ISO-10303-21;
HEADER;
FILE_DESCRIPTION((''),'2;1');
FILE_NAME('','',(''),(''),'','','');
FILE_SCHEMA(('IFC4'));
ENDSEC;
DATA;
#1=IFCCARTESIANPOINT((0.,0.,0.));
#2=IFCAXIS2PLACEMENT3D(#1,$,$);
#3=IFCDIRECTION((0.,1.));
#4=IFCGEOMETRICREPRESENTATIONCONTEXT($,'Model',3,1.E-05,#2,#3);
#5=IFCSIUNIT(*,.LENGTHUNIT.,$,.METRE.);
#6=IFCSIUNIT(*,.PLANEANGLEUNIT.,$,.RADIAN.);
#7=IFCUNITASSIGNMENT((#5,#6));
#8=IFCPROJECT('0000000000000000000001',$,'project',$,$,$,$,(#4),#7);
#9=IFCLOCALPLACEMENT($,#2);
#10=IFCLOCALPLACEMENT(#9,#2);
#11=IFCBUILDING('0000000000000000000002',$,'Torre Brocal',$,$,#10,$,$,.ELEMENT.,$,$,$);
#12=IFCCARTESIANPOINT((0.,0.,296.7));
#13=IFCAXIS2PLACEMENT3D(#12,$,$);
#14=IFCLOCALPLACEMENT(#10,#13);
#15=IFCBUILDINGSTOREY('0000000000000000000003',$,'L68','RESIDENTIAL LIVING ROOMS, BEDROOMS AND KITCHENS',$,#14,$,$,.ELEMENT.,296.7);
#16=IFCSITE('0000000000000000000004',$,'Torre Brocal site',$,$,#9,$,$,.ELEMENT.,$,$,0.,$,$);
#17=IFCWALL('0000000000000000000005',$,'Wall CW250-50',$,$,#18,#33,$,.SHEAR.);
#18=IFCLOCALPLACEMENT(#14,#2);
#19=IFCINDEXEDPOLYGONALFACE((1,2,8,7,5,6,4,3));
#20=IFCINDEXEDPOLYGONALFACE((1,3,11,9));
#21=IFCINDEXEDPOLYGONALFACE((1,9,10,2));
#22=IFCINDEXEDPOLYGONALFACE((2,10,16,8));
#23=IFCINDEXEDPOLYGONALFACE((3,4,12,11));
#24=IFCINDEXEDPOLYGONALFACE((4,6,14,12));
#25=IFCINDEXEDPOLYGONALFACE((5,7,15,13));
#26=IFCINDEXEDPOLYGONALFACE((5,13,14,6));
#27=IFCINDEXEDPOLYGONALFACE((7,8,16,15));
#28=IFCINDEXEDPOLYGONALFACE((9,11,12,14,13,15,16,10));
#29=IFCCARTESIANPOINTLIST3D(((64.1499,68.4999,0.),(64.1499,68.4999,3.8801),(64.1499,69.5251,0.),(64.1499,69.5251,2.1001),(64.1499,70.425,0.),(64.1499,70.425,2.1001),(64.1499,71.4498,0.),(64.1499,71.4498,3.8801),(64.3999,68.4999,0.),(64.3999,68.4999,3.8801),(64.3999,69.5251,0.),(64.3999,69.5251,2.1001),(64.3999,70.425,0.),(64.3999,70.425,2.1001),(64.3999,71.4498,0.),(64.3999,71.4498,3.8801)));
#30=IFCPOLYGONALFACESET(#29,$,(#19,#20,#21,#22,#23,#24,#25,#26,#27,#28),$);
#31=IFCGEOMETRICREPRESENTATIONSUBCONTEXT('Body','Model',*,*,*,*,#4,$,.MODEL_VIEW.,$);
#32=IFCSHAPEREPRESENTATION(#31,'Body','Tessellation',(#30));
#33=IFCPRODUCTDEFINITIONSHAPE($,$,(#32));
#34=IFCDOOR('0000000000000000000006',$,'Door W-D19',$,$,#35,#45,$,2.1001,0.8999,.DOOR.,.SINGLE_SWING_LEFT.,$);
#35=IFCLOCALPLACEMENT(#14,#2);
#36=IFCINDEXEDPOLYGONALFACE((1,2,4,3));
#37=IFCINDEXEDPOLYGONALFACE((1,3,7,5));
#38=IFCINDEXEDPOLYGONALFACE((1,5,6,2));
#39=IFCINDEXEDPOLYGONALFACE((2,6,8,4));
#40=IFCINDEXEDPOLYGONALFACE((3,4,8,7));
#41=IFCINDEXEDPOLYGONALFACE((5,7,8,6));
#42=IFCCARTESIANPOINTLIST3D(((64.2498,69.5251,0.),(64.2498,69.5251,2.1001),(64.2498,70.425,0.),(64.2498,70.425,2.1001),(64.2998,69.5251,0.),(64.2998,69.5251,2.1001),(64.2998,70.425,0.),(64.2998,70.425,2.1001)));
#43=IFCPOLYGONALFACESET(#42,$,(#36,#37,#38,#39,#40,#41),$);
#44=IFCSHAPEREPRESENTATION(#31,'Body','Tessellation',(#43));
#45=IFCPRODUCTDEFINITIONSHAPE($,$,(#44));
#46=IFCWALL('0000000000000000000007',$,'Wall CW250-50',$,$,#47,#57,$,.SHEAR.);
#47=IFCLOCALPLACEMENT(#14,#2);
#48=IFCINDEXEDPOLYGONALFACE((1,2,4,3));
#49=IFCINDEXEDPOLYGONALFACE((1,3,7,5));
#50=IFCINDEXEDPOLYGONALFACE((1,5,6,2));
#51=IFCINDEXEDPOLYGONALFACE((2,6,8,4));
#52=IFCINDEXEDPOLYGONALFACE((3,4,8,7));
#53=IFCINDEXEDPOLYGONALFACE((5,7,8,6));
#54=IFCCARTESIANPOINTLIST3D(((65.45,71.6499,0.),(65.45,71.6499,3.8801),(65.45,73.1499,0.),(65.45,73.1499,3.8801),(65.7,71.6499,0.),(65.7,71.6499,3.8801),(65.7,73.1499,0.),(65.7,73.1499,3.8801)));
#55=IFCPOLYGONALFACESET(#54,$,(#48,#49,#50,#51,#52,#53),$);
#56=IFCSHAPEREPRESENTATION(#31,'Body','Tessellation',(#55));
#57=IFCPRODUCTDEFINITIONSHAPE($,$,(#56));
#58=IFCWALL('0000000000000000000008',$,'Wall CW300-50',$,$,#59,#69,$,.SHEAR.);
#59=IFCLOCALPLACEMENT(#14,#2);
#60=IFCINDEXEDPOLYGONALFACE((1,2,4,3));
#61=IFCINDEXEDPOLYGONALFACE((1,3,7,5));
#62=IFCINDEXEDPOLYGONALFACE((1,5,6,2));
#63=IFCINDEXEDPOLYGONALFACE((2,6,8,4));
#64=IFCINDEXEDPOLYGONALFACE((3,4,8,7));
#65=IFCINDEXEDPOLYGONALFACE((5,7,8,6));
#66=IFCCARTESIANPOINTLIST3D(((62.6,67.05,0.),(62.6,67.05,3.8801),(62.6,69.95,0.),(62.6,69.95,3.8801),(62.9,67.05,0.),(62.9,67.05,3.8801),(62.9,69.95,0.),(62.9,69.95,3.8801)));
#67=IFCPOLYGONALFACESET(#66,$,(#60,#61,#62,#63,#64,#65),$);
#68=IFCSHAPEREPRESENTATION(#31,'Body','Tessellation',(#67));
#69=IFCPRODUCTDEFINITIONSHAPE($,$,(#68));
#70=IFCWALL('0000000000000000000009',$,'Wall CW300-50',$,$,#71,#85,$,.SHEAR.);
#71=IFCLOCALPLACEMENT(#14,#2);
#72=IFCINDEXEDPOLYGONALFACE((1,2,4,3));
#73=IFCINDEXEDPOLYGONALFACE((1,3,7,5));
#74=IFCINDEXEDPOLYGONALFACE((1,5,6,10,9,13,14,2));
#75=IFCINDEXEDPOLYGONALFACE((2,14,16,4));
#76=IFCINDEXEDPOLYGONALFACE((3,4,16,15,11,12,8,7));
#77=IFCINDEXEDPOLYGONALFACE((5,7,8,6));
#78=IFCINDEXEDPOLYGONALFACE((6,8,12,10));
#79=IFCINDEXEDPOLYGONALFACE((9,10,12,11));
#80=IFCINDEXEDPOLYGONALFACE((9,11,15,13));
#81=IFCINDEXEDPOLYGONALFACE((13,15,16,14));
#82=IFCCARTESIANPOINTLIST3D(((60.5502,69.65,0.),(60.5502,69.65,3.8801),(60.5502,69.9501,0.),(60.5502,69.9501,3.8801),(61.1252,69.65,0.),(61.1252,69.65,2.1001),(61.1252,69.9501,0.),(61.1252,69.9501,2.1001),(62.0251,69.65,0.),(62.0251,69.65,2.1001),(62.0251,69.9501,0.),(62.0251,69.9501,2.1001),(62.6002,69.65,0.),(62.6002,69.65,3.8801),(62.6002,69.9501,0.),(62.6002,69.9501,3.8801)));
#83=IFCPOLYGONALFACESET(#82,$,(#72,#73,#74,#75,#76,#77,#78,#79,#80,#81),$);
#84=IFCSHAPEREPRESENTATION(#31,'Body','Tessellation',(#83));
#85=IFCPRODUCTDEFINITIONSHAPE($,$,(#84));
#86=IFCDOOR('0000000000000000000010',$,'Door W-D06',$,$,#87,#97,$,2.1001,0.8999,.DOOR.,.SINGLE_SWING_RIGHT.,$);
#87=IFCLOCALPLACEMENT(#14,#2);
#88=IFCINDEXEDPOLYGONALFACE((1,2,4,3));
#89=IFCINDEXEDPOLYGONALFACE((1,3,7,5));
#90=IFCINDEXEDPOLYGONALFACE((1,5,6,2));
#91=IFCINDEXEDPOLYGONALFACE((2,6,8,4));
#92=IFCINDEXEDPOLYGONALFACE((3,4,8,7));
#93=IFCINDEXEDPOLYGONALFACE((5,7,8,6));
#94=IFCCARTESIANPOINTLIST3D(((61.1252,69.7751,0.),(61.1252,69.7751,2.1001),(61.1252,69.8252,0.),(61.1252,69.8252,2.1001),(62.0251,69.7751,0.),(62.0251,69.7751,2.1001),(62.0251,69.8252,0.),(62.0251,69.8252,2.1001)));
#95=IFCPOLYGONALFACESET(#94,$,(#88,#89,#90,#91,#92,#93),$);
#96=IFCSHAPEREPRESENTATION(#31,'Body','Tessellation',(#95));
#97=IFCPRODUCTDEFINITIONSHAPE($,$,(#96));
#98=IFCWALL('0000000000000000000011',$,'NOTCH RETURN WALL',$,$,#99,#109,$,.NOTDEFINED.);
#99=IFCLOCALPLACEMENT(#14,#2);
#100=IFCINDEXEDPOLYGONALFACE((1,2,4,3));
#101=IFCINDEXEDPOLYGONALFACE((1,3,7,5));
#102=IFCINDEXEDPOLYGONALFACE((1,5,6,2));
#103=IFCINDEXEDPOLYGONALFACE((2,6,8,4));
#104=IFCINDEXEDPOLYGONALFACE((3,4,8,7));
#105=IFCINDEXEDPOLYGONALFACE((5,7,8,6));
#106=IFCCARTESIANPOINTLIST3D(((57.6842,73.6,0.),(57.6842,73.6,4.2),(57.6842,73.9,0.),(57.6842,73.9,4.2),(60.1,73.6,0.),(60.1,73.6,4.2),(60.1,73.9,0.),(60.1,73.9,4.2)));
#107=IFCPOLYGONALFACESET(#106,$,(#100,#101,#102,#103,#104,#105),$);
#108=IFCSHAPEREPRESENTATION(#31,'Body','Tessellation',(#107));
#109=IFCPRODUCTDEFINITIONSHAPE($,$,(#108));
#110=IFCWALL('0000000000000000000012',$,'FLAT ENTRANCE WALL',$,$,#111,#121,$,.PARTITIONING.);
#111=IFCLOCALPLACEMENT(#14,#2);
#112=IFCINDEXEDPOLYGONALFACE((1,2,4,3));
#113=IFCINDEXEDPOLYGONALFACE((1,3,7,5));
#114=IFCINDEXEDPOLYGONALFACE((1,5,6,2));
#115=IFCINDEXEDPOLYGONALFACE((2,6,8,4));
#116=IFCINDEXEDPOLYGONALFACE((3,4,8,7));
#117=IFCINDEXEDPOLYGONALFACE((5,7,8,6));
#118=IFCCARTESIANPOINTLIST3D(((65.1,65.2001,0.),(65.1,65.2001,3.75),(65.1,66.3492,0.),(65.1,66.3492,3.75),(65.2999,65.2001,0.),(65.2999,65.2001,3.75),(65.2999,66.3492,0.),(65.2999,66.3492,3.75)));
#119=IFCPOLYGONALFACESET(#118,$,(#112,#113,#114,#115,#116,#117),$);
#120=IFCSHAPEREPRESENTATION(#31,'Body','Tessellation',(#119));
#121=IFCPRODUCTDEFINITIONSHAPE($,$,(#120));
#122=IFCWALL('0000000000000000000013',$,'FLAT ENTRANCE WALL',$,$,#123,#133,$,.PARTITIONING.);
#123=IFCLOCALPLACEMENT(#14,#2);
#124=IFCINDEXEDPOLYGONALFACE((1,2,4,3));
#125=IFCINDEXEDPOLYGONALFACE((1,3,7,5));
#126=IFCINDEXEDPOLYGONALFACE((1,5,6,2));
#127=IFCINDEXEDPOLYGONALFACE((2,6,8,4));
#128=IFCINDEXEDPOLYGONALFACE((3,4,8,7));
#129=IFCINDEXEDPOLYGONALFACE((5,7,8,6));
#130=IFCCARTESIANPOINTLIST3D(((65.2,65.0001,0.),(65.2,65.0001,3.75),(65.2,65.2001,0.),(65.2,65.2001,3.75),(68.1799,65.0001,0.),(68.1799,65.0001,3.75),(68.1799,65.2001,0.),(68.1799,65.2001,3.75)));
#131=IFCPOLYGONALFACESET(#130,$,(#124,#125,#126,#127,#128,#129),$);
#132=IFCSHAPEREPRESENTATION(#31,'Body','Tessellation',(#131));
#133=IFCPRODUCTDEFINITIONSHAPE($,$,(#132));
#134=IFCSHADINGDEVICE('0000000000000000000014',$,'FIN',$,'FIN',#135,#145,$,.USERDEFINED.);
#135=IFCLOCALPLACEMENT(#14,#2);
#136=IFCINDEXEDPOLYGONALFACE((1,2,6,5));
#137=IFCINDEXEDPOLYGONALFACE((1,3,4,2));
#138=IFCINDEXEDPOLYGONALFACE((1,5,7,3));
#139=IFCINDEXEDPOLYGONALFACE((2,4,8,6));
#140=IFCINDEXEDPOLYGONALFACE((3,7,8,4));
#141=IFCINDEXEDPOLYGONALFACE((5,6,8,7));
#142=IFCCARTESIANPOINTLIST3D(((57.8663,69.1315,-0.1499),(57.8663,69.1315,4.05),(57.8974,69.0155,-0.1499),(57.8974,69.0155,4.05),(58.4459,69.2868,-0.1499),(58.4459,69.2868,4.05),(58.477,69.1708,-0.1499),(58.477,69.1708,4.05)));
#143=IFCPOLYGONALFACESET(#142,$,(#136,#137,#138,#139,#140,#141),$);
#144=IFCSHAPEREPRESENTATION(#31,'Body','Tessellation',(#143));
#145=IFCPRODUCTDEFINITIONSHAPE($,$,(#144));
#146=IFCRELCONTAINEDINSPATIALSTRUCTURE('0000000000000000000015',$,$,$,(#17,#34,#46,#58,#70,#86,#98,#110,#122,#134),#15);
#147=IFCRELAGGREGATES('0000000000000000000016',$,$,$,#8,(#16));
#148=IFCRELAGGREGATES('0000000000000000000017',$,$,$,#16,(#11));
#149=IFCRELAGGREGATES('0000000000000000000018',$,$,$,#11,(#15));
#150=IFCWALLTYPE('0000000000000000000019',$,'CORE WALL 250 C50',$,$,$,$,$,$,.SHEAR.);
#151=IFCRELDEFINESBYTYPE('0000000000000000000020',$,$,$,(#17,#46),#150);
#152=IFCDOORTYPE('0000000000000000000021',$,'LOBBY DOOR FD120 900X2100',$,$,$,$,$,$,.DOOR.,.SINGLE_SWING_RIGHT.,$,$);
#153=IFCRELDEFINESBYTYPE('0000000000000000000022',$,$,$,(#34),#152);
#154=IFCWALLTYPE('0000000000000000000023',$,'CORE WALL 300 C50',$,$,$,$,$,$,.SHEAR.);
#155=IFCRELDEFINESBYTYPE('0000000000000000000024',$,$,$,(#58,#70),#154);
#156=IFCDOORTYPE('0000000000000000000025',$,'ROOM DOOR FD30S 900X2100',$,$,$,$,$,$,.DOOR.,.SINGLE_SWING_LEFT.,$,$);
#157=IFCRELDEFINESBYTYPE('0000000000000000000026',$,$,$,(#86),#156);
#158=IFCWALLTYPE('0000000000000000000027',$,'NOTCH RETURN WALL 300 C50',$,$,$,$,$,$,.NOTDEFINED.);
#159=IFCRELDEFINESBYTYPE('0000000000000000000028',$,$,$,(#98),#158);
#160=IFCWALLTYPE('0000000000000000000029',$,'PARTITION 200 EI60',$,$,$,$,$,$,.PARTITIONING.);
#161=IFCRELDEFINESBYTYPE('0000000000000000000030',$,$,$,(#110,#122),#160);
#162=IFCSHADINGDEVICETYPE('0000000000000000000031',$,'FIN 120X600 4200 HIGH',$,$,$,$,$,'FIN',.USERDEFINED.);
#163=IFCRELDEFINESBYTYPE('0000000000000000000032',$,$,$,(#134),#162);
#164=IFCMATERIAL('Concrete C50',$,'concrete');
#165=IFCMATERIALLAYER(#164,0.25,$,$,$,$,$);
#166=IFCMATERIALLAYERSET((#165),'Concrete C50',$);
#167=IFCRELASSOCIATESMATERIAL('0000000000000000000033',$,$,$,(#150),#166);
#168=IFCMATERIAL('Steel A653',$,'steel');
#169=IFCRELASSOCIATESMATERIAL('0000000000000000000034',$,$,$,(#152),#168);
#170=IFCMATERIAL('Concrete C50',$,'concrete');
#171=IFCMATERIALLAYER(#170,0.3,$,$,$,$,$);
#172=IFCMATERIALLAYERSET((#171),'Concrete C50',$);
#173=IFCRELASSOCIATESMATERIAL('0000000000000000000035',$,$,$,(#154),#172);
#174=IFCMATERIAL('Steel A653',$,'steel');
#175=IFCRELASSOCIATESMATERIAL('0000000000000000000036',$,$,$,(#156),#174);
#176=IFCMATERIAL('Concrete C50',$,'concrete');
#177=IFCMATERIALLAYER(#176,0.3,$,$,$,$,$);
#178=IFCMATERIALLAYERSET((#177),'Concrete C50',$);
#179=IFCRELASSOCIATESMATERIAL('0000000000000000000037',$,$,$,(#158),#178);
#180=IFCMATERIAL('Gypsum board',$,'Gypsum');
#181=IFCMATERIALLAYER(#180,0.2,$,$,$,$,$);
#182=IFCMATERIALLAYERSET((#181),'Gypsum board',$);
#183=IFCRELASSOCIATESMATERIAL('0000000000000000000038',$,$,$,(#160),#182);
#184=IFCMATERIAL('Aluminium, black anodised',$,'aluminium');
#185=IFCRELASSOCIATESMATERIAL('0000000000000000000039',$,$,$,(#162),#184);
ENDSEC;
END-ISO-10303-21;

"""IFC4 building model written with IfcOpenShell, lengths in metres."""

from ifc_helpers import new_model, si_unit, direction, frame, frame_2d, origin, origin_2d, place, context, subcontext, project, spatial, rectangle, extrude, material, layer, layer_set, material_profile, profile_set, type_object, element, fill, save


model = new_model("IFC4")

# Units and contexts
model_context = context("Model", 3, precision=1e-05, world=origin(), true_north=direction((0.0, 1.0)))
body_context = subcontext(model_context, "Body", "Model", "MODEL_VIEW")
ifc_project = project(units=[si_unit("LENGTHUNIT", "METRE"), si_unit("PLANEANGLEUNIT", "RADIAN")], contexts=[model_context])

# Site, building, storey
site_placement = place(None, origin())
site = spatial("IfcSite", under=ifc_project, at=site_placement, Name="Torre Brocal site", CompositionType="ELEMENT", RefElevation=0.0)
building_placement = place(site_placement, origin())
building = spatial("IfcBuilding", under=site, at=building_placement, Name="Torre Brocal", CompositionType="ELEMENT")
storey_placement = place(building_placement, frame((0.0, 0.0, 296.7)))
storey = spatial("IfcBuildingStorey", under=building, at=storey_placement, Name="L68", Description="RESIDENTIAL LIVING ROOMS, BEDROOMS AND KITCHENS", CompositionType="ELEMENT", Elevation=296.7)

# Wall, opening, door
ifc_material_1 = material(Name="Concrete C50", Category="concrete")
ifc_layer_1 = layer(ifc_material_1, 0.25)
ifc_layer_set_1 = layer_set([ifc_layer_1], Name="Concrete C50")
wall_type_1 = type_object("IfcWallType", Name="CORE WALL 250 C50", PredefinedType="SHEAR", material=ifc_layer_set_1)
wall_1_placement = place(storey_placement, frame((64.2749, 71.45, 0.0), z_axis=(0.0, 0.0, 1.0), x_axis=(0.0, -1.0, 0.0)))
wall_1 = element("IfcWall", 1, at=wall_1_placement, inside=storey, type_object=wall_type_1, Name="Wall CW250-50", PredefinedType="SHEAR", context=body_context, shape_type="SweptSolid", body=[
    extrude(rectangle(XDim=2.95, YDim=0.25, at=frame_2d((1.4751, 0.0))), origin(), (0.0, 0.0, 1.0), 3.8801),
])
opening_1_placement = place(wall_1_placement, frame((1.0249, 0.0, 0.0)))
opening_1 = element("IfcOpeningElement", 2, at=opening_1_placement, cuts=wall_1, PredefinedType="OPENING", context=body_context, shape_type="SweptSolid", body=[
    extrude(rectangle(XDim=0.8999, YDim=2.1001, at=frame_2d((0.45, 1.05))), frame((0.0, 0.135, 0.0), z_axis=(0.0, -1.0, 0.0), x_axis=(1.0, 0.0, 0.0)), (0.0, 0.0, 1.0), 0.27),
])
ifc_material_2 = material(Name="Steel A653", Category="steel")
door_type_1 = type_object("IfcDoorType", Name="LOBBY DOOR FD120 900X2100", OperationType="SINGLE_SWING_RIGHT", PredefinedType="DOOR", material=ifc_material_2)
door_1_placement = place(opening_1_placement, origin())
door_1 = element("IfcDoor", 3, at=door_1_placement, inside=storey, type_object=door_type_1, Name="Door W-D19", OperationType="SINGLE_SWING_LEFT", OverallHeight=2.1001, OverallWidth=0.8999, PredefinedType="DOOR", context=body_context, shape_type="SweptSolid", body=[
    extrude(rectangle(XDim=0.8999, YDim=2.1001, at=frame_2d((0.45, 1.05))), frame((0.0, 0.0249, 0.0), z_axis=(0.0, -1.0, 0.0), x_axis=(1.0, 0.0, 0.0)), (0.0, 0.0, 1.0), 0.05),
])
fill(opening_1, door_1)

# Walls
wall_2_placement = place(storey_placement, frame((65.575, 73.1499, 0.0), z_axis=(0.0, 0.0, 1.0), x_axis=(0.0, -1.0, 0.0)))
element("IfcWall", 4, at=wall_2_placement, inside=storey, type_object=wall_type_1, Name="Wall CW250-50", PredefinedType="SHEAR", context=body_context, shape_type="SweptSolid", body=[
    extrude(rectangle(XDim=1.5, YDim=0.25, at=frame_2d((0.75, 0.0))), origin(), (0.0, 0.0, 1.0), 3.8801),
])
ifc_material_3 = material(Name="Concrete C50", Category="concrete")
ifc_layer_2 = layer(ifc_material_3, 0.3)
ifc_layer_set_2 = layer_set([ifc_layer_2], Name="Concrete C50")
wall_type_2 = type_object("IfcWallType", Name="CORE WALL 300 C50", PredefinedType="SHEAR", material=ifc_layer_set_2)
wall_3_placement = place(storey_placement, frame((62.75, 69.95, 0.0), z_axis=(0.0, 0.0, 1.0), x_axis=(0.0, -1.0, 0.0)))
element("IfcWall", 5, at=wall_3_placement, inside=storey, type_object=wall_type_2, Name="Wall CW300-50", PredefinedType="SHEAR", context=body_context, shape_type="SweptSolid", body=[
    extrude(rectangle(XDim=2.8999, YDim=0.3, at=frame_2d((1.45, 0.0))), origin(), (0.0, 0.0, 1.0), 3.8801),
])

# Wall, opening, door
wall_4_placement = place(storey_placement, frame((62.6001, 69.8, 0.0), z_axis=(0.0, 0.0, 1.0), x_axis=(-1.0, 0.0, 0.0)))
wall_4 = element("IfcWall", 6, at=wall_4_placement, inside=storey, type_object=wall_type_2, Name="Wall CW300-50", PredefinedType="SHEAR", context=body_context, shape_type="SweptSolid", body=[
    extrude(rectangle(XDim=2.05, YDim=0.3, at=frame_2d((1.0249, 0.0))), origin(), (0.0, 0.0, 1.0), 3.8801),
])
opening_2_placement = place(wall_4_placement, frame((0.575, 0.0, 0.0)))
opening_2 = element("IfcOpeningElement", 7, at=opening_2_placement, cuts=wall_4, PredefinedType="OPENING", context=body_context, shape_type="SweptSolid", body=[
    extrude(rectangle(XDim=0.8999, YDim=2.1001, at=frame_2d((0.45, 1.05))), frame((0.0, 0.1599, 0.0), z_axis=(0.0, -1.0, 0.0), x_axis=(1.0, 0.0, 0.0)), (0.0, 0.0, 1.0), 0.3201),
])
ifc_material_4 = material(Name="Steel A653", Category="steel")
door_type_2 = type_object("IfcDoorType", Name="ROOM DOOR FD30S 900X2100", OperationType="SINGLE_SWING_LEFT", PredefinedType="DOOR", material=ifc_material_4)
door_2_placement = place(opening_2_placement, origin())
door_2 = element("IfcDoor", 8, at=door_2_placement, inside=storey, type_object=door_type_2, Name="Door W-D06", OperationType="SINGLE_SWING_RIGHT", OverallHeight=2.1001, OverallWidth=0.8999, PredefinedType="DOOR", context=body_context, shape_type="SweptSolid", body=[
    extrude(rectangle(XDim=0.8999, YDim=2.1001, at=frame_2d((0.45, 1.05))), frame((0.0, 0.0249, 0.0), z_axis=(0.0, -1.0, 0.0), x_axis=(1.0, 0.0, 0.0)), (0.0, 0.0, 1.0), 0.05),
])
fill(opening_2, door_2)

# Walls
ifc_material_5 = material(Name="Concrete C50", Category="concrete")
ifc_layer_3 = layer(ifc_material_5, 0.3)
ifc_layer_set_3 = layer_set([ifc_layer_3], Name="Concrete C50")
wall_type_3 = type_object("IfcWallType", Name="NOTCH RETURN WALL 300 C50", PredefinedType="NOTDEFINED", material=ifc_layer_set_3)
wall_5_placement = place(storey_placement, frame((60.1001, 73.75, 0.0), z_axis=(0.0, 0.0, 1.0), x_axis=(-1.0, 0.0, 0.0)))
element("IfcWall", 9, at=wall_5_placement, inside=storey, type_object=wall_type_3, Name="NOTCH RETURN WALL", PredefinedType="NOTDEFINED", context=body_context, shape_type="SweptSolid", body=[
    extrude(rectangle(XDim=2.4158, YDim=0.3, at=frame_2d((1.208, 0.0))), origin(), (0.0, 0.0, 1.0), 4.2),
])
ifc_material_6 = material(Name="Gypsum board", Category="Gypsum")
ifc_layer_4 = layer(ifc_material_6, 0.2)
ifc_layer_set_4 = layer_set([ifc_layer_4], Name="Gypsum board")
wall_type_4 = type_object("IfcWallType", Name="PARTITION 200 EI60", PredefinedType="PARTITIONING", material=ifc_layer_set_4)
wall_6_placement = place(storey_placement, frame((65.2, 65.2, 0.0), z_axis=(0.0, 0.0, 1.0), x_axis=(0.0, 1.0, 0.0)))
element("IfcWall", 10, at=wall_6_placement, inside=storey, type_object=wall_type_4, Name="FLAT ENTRANCE WALL", PredefinedType="PARTITIONING", context=body_context, shape_type="SweptSolid", body=[
    extrude(rectangle(XDim=1.1492, YDim=0.2, at=frame_2d((0.5747, 0.0))), origin(), (0.0, 0.0, 1.0), 3.75),
])
wall_7_placement = place(storey_placement, frame((65.2, 65.1001, 0.0), z_axis=(0.0, 0.0, 1.0), x_axis=(1.0, 0.0, 0.0)))
element("IfcWall", 11, at=wall_7_placement, inside=storey, type_object=wall_type_4, Name="FLAT ENTRANCE WALL", PredefinedType="PARTITIONING", context=body_context, shape_type="SweptSolid", body=[
    extrude(rectangle(XDim=2.98, YDim=0.2, at=frame_2d((1.49, 0.0))), origin(), (0.0, 0.0, 1.0), 3.75),
])

# Shading device
ifc_material_7 = material(Name="Aluminium, black anodised", Category="aluminium")
ifc_material_profile_1 = material_profile(ifc_material_7, rectangle(XDim=0.1201, YDim=0.6001, at=origin_2d()), Name="FIN 120X600 4200 HIGH")
ifc_profile_set_1 = profile_set([ifc_material_profile_1], Name="Aluminium, black anodised")
shading_device_type = type_object("IfcShadingDeviceType", Name="FIN 120X600 4200 HIGH", ElementType="FIN", PredefinedType="USERDEFINED", material=ifc_profile_set_1)
shading_device_placement = place(storey_placement, frame((58.1716, 69.1511, -0.1499), z_axis=(0.0, 0.0, 1.0), x_axis=(0.258819, -0.965926, 0.0)))
element("IfcShadingDevice", 12, at=shading_device_placement, inside=storey, type_object=shading_device_type, Name="FIN", ObjectType="FIN", PredefinedType="USERDEFINED", context=body_context, shape_type="SweptSolid", body=[
    extrude(rectangle(XDim=0.1201, YDim=0.6001, at=origin_2d()), origin(), (0.0, 0.0, 1.0), 4.2),
])

save(model, "model.ifc")
